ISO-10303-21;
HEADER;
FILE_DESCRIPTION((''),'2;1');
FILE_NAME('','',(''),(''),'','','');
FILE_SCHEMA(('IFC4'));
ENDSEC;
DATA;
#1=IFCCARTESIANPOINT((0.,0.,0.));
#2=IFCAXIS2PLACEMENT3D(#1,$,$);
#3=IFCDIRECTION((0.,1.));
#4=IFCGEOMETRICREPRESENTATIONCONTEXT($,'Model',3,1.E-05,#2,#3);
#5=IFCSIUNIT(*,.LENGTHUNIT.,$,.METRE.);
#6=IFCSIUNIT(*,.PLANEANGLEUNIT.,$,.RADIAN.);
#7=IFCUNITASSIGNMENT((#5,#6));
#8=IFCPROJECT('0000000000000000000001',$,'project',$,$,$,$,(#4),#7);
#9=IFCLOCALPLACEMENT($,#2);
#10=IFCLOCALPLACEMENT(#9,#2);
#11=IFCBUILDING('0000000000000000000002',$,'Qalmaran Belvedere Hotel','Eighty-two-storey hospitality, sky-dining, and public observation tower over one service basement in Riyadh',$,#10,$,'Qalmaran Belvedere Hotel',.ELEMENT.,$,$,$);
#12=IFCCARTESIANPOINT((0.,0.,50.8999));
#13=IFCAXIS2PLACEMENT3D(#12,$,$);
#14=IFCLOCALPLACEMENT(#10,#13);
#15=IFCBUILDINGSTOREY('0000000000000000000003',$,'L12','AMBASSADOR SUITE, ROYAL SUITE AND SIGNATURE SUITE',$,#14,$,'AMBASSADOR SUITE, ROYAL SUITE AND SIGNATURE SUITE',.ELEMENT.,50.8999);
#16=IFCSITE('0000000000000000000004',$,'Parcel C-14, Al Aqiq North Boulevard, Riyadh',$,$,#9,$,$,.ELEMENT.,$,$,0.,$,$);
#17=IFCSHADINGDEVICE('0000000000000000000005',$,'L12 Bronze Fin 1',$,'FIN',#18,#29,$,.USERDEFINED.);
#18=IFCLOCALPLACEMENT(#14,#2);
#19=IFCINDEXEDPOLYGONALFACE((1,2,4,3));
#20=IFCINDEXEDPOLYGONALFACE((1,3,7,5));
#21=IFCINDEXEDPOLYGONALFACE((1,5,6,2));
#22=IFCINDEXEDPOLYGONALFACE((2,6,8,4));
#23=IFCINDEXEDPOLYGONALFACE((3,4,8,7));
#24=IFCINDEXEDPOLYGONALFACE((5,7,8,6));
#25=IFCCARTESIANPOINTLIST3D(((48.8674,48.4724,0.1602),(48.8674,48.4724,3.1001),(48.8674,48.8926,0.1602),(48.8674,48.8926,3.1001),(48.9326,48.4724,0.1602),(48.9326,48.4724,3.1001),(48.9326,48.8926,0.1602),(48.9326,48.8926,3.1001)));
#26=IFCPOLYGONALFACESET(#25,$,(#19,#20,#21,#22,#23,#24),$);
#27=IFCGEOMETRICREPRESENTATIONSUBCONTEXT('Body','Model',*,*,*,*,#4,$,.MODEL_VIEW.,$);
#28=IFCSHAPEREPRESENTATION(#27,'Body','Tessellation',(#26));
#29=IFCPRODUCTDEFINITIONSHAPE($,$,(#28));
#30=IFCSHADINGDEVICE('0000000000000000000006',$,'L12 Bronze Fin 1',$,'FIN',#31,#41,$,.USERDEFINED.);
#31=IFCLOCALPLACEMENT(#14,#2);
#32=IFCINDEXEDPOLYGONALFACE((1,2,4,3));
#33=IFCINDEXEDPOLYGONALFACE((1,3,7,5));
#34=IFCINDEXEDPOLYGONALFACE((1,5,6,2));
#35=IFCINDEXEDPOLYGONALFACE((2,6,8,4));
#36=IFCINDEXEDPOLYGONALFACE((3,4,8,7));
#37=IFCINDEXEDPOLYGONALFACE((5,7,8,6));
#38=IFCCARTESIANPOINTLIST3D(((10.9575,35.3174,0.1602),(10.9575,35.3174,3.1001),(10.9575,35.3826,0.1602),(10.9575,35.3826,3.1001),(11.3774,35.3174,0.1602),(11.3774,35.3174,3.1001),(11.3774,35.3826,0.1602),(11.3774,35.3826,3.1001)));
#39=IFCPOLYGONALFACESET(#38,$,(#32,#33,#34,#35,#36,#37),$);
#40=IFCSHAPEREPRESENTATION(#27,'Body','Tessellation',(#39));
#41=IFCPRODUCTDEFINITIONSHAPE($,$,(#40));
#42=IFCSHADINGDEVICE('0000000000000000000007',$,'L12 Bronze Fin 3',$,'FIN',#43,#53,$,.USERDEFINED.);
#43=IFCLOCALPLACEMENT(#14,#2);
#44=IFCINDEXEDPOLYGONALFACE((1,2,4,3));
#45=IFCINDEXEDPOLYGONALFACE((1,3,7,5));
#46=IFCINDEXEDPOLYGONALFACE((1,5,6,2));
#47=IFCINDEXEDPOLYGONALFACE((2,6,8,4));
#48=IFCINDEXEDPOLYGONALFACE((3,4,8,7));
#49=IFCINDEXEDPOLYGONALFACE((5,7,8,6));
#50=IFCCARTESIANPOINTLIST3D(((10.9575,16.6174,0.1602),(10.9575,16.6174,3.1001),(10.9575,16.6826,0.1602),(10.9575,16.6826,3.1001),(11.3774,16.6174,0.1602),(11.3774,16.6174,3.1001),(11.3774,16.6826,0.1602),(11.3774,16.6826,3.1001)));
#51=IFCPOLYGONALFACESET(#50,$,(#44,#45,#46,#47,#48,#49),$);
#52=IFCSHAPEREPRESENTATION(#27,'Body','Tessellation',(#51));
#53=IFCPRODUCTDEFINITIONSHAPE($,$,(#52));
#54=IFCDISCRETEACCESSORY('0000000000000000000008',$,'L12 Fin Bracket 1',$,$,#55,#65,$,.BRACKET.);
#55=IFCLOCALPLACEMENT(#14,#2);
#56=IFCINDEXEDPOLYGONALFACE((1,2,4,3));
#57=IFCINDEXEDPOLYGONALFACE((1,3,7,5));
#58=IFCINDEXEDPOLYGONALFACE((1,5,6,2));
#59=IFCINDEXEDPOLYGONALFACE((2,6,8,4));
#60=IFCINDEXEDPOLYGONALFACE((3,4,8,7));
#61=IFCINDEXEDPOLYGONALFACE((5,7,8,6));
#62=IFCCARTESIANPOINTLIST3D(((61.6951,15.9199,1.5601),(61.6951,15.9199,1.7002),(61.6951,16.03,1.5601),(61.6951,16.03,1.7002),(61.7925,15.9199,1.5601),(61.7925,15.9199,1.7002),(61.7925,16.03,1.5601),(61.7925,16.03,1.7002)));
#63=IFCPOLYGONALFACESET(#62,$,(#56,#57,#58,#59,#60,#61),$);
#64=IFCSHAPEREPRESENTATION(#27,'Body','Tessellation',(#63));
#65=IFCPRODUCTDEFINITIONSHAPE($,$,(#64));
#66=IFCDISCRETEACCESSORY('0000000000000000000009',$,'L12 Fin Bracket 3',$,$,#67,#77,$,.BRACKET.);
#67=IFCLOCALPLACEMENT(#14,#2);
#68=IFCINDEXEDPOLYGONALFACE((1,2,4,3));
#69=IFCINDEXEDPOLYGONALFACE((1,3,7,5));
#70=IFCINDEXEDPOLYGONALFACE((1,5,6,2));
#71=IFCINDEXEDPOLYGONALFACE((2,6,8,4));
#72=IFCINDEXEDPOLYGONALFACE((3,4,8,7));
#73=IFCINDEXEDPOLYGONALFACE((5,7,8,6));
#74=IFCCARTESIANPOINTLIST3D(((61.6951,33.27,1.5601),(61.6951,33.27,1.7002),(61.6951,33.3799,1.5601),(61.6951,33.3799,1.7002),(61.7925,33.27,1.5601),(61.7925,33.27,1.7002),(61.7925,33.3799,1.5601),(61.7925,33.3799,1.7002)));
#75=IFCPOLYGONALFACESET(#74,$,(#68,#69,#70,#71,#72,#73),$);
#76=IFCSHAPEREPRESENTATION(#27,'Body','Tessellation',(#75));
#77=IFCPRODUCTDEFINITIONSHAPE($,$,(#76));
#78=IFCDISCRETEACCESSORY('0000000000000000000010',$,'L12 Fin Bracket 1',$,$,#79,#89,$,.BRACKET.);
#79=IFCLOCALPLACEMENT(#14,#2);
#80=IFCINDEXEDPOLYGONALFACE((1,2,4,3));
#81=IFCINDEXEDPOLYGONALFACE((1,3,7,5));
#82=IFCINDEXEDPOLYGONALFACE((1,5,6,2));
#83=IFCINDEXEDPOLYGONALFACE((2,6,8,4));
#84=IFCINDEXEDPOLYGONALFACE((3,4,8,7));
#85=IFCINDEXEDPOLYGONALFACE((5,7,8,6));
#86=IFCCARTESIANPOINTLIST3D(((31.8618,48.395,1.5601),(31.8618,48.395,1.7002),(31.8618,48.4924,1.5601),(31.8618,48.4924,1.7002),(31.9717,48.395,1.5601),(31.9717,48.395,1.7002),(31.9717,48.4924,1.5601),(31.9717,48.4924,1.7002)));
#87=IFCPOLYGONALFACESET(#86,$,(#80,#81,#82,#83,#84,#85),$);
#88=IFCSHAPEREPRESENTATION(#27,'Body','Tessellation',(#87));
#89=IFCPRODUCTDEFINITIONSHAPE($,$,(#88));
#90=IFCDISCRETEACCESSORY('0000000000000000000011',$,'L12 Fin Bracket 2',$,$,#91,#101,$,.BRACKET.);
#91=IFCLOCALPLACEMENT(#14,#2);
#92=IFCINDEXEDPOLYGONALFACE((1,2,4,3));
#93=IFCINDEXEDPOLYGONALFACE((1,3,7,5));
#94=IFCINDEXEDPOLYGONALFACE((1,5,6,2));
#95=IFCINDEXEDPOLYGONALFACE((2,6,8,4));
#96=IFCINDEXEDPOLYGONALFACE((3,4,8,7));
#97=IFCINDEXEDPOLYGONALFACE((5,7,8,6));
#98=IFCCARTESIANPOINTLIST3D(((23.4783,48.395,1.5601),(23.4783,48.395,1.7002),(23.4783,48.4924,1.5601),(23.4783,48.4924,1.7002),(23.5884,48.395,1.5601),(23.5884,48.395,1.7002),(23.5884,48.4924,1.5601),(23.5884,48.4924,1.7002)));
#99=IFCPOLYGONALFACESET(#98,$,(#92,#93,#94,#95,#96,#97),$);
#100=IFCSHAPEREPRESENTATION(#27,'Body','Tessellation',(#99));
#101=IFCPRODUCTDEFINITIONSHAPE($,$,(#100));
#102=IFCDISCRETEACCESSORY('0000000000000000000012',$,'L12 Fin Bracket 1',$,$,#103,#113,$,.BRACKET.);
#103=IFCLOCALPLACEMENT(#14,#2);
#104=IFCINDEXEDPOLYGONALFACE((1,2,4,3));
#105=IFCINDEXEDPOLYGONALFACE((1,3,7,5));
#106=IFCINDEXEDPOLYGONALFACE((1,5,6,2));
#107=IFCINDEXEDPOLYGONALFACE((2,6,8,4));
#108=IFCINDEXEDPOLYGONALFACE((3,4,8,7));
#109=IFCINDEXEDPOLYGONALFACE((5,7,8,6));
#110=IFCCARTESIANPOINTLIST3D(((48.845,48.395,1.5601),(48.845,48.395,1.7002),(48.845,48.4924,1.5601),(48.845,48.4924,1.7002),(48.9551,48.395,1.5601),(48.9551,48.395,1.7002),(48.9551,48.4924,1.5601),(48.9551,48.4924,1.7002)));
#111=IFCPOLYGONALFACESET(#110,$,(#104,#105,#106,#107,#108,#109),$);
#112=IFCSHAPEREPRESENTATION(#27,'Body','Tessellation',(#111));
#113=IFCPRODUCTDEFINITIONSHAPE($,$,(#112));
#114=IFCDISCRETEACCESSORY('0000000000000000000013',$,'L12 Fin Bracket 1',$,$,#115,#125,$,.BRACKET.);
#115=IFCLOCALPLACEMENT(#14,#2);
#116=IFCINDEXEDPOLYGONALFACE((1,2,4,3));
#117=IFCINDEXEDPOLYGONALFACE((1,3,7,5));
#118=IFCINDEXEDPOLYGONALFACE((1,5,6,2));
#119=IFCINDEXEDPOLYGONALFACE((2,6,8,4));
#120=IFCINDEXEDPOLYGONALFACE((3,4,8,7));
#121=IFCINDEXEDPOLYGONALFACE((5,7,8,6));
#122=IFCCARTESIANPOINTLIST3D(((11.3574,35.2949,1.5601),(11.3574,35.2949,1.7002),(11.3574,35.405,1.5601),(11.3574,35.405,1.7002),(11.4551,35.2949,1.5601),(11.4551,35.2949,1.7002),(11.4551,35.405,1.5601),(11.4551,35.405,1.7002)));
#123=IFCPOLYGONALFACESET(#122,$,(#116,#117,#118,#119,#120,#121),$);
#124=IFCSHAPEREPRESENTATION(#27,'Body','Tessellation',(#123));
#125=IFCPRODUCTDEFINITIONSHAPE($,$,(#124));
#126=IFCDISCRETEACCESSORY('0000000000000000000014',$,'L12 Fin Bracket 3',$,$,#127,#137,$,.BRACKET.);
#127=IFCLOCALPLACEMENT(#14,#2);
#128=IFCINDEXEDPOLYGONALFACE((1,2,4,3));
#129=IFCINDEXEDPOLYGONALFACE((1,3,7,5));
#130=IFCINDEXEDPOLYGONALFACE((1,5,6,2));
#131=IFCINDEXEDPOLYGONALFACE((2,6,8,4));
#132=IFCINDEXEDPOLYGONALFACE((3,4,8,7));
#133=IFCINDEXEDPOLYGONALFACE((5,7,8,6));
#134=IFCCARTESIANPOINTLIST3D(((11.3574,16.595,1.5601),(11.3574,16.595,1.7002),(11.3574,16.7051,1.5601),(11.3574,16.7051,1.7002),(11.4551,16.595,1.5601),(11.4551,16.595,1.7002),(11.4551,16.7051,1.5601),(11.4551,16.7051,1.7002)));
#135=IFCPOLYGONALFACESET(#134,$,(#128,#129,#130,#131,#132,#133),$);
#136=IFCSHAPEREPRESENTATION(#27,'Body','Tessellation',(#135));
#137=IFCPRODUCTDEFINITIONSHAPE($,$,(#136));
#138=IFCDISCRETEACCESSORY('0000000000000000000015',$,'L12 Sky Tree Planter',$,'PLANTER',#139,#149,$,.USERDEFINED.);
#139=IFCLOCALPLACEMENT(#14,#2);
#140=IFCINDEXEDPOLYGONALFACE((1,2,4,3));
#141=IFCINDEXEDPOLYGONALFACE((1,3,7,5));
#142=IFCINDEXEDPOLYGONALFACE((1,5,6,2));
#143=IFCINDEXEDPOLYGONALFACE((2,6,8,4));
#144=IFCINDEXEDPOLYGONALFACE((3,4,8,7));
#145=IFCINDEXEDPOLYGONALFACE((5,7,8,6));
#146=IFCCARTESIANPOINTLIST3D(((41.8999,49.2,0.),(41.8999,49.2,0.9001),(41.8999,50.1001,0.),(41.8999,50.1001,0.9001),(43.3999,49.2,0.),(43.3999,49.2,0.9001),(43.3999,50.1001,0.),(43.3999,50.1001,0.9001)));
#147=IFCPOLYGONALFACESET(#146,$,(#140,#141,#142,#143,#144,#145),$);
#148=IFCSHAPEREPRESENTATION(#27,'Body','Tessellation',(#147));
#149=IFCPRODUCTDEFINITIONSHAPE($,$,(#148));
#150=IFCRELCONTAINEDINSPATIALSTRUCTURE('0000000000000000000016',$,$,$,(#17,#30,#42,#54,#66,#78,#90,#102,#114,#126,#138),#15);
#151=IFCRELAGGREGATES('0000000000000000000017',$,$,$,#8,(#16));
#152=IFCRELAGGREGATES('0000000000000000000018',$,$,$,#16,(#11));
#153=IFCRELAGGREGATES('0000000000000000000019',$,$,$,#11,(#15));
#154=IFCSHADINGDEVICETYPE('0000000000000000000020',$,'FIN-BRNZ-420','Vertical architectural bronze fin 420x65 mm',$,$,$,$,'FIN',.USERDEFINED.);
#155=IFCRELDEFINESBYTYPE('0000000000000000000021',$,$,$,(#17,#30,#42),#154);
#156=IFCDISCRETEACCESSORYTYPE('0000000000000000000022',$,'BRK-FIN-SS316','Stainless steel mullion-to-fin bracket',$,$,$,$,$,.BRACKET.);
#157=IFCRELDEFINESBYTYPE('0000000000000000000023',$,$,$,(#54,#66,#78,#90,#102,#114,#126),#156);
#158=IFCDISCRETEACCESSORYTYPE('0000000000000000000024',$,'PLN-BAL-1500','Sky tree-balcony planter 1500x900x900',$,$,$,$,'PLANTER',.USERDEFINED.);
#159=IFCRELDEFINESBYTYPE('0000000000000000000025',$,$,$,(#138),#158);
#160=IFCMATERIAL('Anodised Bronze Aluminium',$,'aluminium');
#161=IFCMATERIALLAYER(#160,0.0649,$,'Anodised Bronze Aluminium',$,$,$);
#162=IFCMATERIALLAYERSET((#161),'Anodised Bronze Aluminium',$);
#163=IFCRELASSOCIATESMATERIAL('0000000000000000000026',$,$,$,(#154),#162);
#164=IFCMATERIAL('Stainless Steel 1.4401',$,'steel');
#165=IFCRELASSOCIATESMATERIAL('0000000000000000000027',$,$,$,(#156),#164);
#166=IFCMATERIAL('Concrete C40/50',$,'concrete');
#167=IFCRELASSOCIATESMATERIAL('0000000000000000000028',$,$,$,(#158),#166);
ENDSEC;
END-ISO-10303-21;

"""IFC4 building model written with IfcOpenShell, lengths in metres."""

from ifc_helpers import new_model, si_unit, direction, frame, origin, place, context, subcontext, project, spatial, polyline, outline, extrude, material, layer, layer_set, type_object, element, save


model = new_model("IFC4")

# Units and contexts
model_context = context("Model", 3, precision=1e-05, world=origin(), true_north=direction((0.0, 1.0)))
body_context = subcontext(model_context, "Body", "Model", "MODEL_VIEW")
ifc_project = project(units=[si_unit("LENGTHUNIT", "METRE"), si_unit("PLANEANGLEUNIT", "RADIAN")], contexts=[model_context])

# Site, building, storey
site_placement = place(None, origin())
site = spatial("IfcSite", under=ifc_project, at=site_placement, Name="Parcel C-14, Al Aqiq North Boulevard, Riyadh", CompositionType="ELEMENT", RefElevation=0.0)
building_placement = place(site_placement, origin())
building = spatial("IfcBuilding", under=site, at=building_placement, Name="Qalmaran Belvedere Hotel", Description="Eighty-two-storey hospitality, sky-dining, and public observation tower over one service basement in Riyadh", LongName="Qalmaran Belvedere Hotel", CompositionType="ELEMENT")
storey_placement = place(building_placement, frame((0.0, 0.0, 50.8999)))
storey = spatial("IfcBuildingStorey", under=building, at=storey_placement, Name="L12", Description="AMBASSADOR SUITE, ROYAL SUITE AND SIGNATURE SUITE", LongName="AMBASSADOR SUITE, ROYAL SUITE AND SIGNATURE SUITE", CompositionType="ELEMENT", Elevation=50.8999)

# Shared definitions
ifc_material_1 = material(Name="Anodised Bronze Aluminium", Category="aluminium")

# Shared definitions
ifc_material_2 = material(Name="Concrete C40/50", Category="concrete")

# Shading devices
ifc_layer_1 = layer(ifc_material_1, 0.0649, Name="Anodised Bronze Aluminium")
ifc_layer_set_1 = layer_set([ifc_layer_1], Name="Anodised Bronze Aluminium")
shading_device_type = type_object("IfcShadingDeviceType", Name="FIN-BRNZ-420", Description="Vertical architectural bronze fin 420x65 mm", ElementType="FIN", PredefinedType="USERDEFINED", material=ifc_layer_set_1)
shading_device_1_placement = place(storey_placement, frame((0.0, 0.0, 0.1602)))
element("IfcShadingDevice", 1, at=shading_device_1_placement, inside=storey, type_object=shading_device_type, Name="L12 Bronze Fin 1", ObjectType="FIN", PredefinedType="USERDEFINED", context=body_context, shape_type="SweptSolid", body=[
    extrude(outline(polyline([(48.9326, 48.4724), (48.9326, 48.8926), (48.8674, 48.8926), (48.8674, 48.4724), (48.9326, 48.4724)])), origin(), (0.0, 0.0, 1.0), 2.9399),
])
shading_device_2_placement = place(storey_placement, frame((0.0, 0.0, 0.1602)))
element("IfcShadingDevice", 2, at=shading_device_2_placement, inside=storey, type_object=shading_device_type, Name="L12 Bronze Fin 1", ObjectType="FIN", PredefinedType="USERDEFINED", context=body_context, shape_type="SweptSolid", body=[
    extrude(outline(polyline([(11.3774, 35.3826), (10.9575, 35.3826), (10.9575, 35.3174), (11.3774, 35.3174), (11.3774, 35.3826)])), origin(), (0.0, 0.0, 1.0), 2.9399),
])
shading_device_3_placement = place(storey_placement, frame((0.0, 0.0, 0.1602)))
element("IfcShadingDevice", 3, at=shading_device_3_placement, inside=storey, type_object=shading_device_type, Name="L12 Bronze Fin 3", ObjectType="FIN", PredefinedType="USERDEFINED", context=body_context, shape_type="SweptSolid", body=[
    extrude(outline(polyline([(11.3774, 16.6826), (10.9575, 16.6826), (10.9575, 16.6174), (11.3774, 16.6174), (11.3774, 16.6826)])), origin(), (0.0, 0.0, 1.0), 2.9399),
])

# Discrete accessories
ifc_material_3 = material(Name="Stainless Steel 1.4401", Category="steel")
discrete_accessory_type_1 = type_object("IfcDiscreteAccessoryType", Name="BRK-FIN-SS316", Description="Stainless steel mullion-to-fin bracket", PredefinedType="BRACKET", material=ifc_material_3)
discrete_accessory_1_placement = place(storey_placement, frame((0.0, 0.0, 1.5601)))
element("IfcDiscreteAccessory", 4, at=discrete_accessory_1_placement, inside=storey, type_object=discrete_accessory_type_1, Name="L12 Fin Bracket 1", PredefinedType="BRACKET", context=body_context, shape_type="SweptSolid", body=[
    extrude(outline(polyline([(61.6951, 15.9199), (61.7925, 15.9199), (61.7925, 16.03), (61.6951, 16.03), (61.6951, 15.9199)])), origin(), (0.0, 0.0, 1.0), 0.1401),
])
discrete_accessory_2_placement = place(storey_placement, frame((0.0, 0.0, 1.5601)))
element("IfcDiscreteAccessory", 5, at=discrete_accessory_2_placement, inside=storey, type_object=discrete_accessory_type_1, Name="L12 Fin Bracket 3", PredefinedType="BRACKET", context=body_context, shape_type="SweptSolid", body=[
    extrude(outline(polyline([(61.6951, 33.27), (61.7925, 33.27), (61.7925, 33.3799), (61.6951, 33.3799), (61.6951, 33.27)])), origin(), (0.0, 0.0, 1.0), 0.1401),
])
discrete_accessory_3_placement = place(storey_placement, frame((0.0, 0.0, 1.5601)))
element("IfcDiscreteAccessory", 6, at=discrete_accessory_3_placement, inside=storey, type_object=discrete_accessory_type_1, Name="L12 Fin Bracket 1", PredefinedType="BRACKET", context=body_context, shape_type="SweptSolid", body=[
    extrude(outline(polyline([(31.9717, 48.395), (31.9717, 48.4924), (31.8618, 48.4924), (31.8618, 48.395), (31.9717, 48.395)])), origin(), (0.0, 0.0, 1.0), 0.1401),
])
discrete_accessory_4_placement = place(storey_placement, frame((0.0, 0.0, 1.5601)))
element("IfcDiscreteAccessory", 7, at=discrete_accessory_4_placement, inside=storey, type_object=discrete_accessory_type_1, Name="L12 Fin Bracket 2", PredefinedType="BRACKET", context=body_context, shape_type="SweptSolid", body=[
    extrude(outline(polyline([(23.5884, 48.395), (23.5884, 48.4924), (23.4783, 48.4924), (23.4783, 48.395), (23.5884, 48.395)])), origin(), (0.0, 0.0, 1.0), 0.1401),
])
discrete_accessory_5_placement = place(storey_placement, frame((0.0, 0.0, 1.5601)))
element("IfcDiscreteAccessory", 8, at=discrete_accessory_5_placement, inside=storey, type_object=discrete_accessory_type_1, Name="L12 Fin Bracket 1", PredefinedType="BRACKET", context=body_context, shape_type="SweptSolid", body=[
    extrude(outline(polyline([(48.9551, 48.395), (48.9551, 48.4924), (48.845, 48.4924), (48.845, 48.395), (48.9551, 48.395)])), origin(), (0.0, 0.0, 1.0), 0.1401),
])
discrete_accessory_6_placement = place(storey_placement, frame((0.0, 0.0, 1.5601)))
element("IfcDiscreteAccessory", 9, at=discrete_accessory_6_placement, inside=storey, type_object=discrete_accessory_type_1, Name="L12 Fin Bracket 1", PredefinedType="BRACKET", context=body_context, shape_type="SweptSolid", body=[
    extrude(outline(polyline([(11.4551, 35.405), (11.3574, 35.405), (11.3574, 35.2949), (11.4551, 35.2949), (11.4551, 35.405)])), origin(), (0.0, 0.0, 1.0), 0.1401),
])
discrete_accessory_7_placement = place(storey_placement, frame((0.0, 0.0, 1.5601)))
element("IfcDiscreteAccessory", 10, at=discrete_accessory_7_placement, inside=storey, type_object=discrete_accessory_type_1, Name="L12 Fin Bracket 3", PredefinedType="BRACKET", context=body_context, shape_type="SweptSolid", body=[
    extrude(outline(polyline([(11.4551, 16.7051), (11.3574, 16.7051), (11.3574, 16.595), (11.4551, 16.595), (11.4551, 16.7051)])), origin(), (0.0, 0.0, 1.0), 0.1401),
])
discrete_accessory_type_2 = type_object("IfcDiscreteAccessoryType", Name="PLN-BAL-1500", Description="Sky tree-balcony planter 1500x900x900", ElementType="PLANTER", PredefinedType="USERDEFINED", material=ifc_material_2)
discrete_accessory_8_placement = place(storey_placement, origin())
element("IfcDiscreteAccessory", 11, at=discrete_accessory_8_placement, inside=storey, type_object=discrete_accessory_type_2, Name="L12 Sky Tree Planter", ObjectType="PLANTER", PredefinedType="USERDEFINED", context=body_context, shape_type="SweptSolid", body=[
    extrude(outline(polyline([(41.8999, 49.2), (43.3999, 49.2), (43.3999, 50.1001), (41.8999, 50.1001), (41.8999, 49.2)])), origin(), (0.0, 0.0, 1.0), 0.9001),
])

save(model, "model.ifc")
